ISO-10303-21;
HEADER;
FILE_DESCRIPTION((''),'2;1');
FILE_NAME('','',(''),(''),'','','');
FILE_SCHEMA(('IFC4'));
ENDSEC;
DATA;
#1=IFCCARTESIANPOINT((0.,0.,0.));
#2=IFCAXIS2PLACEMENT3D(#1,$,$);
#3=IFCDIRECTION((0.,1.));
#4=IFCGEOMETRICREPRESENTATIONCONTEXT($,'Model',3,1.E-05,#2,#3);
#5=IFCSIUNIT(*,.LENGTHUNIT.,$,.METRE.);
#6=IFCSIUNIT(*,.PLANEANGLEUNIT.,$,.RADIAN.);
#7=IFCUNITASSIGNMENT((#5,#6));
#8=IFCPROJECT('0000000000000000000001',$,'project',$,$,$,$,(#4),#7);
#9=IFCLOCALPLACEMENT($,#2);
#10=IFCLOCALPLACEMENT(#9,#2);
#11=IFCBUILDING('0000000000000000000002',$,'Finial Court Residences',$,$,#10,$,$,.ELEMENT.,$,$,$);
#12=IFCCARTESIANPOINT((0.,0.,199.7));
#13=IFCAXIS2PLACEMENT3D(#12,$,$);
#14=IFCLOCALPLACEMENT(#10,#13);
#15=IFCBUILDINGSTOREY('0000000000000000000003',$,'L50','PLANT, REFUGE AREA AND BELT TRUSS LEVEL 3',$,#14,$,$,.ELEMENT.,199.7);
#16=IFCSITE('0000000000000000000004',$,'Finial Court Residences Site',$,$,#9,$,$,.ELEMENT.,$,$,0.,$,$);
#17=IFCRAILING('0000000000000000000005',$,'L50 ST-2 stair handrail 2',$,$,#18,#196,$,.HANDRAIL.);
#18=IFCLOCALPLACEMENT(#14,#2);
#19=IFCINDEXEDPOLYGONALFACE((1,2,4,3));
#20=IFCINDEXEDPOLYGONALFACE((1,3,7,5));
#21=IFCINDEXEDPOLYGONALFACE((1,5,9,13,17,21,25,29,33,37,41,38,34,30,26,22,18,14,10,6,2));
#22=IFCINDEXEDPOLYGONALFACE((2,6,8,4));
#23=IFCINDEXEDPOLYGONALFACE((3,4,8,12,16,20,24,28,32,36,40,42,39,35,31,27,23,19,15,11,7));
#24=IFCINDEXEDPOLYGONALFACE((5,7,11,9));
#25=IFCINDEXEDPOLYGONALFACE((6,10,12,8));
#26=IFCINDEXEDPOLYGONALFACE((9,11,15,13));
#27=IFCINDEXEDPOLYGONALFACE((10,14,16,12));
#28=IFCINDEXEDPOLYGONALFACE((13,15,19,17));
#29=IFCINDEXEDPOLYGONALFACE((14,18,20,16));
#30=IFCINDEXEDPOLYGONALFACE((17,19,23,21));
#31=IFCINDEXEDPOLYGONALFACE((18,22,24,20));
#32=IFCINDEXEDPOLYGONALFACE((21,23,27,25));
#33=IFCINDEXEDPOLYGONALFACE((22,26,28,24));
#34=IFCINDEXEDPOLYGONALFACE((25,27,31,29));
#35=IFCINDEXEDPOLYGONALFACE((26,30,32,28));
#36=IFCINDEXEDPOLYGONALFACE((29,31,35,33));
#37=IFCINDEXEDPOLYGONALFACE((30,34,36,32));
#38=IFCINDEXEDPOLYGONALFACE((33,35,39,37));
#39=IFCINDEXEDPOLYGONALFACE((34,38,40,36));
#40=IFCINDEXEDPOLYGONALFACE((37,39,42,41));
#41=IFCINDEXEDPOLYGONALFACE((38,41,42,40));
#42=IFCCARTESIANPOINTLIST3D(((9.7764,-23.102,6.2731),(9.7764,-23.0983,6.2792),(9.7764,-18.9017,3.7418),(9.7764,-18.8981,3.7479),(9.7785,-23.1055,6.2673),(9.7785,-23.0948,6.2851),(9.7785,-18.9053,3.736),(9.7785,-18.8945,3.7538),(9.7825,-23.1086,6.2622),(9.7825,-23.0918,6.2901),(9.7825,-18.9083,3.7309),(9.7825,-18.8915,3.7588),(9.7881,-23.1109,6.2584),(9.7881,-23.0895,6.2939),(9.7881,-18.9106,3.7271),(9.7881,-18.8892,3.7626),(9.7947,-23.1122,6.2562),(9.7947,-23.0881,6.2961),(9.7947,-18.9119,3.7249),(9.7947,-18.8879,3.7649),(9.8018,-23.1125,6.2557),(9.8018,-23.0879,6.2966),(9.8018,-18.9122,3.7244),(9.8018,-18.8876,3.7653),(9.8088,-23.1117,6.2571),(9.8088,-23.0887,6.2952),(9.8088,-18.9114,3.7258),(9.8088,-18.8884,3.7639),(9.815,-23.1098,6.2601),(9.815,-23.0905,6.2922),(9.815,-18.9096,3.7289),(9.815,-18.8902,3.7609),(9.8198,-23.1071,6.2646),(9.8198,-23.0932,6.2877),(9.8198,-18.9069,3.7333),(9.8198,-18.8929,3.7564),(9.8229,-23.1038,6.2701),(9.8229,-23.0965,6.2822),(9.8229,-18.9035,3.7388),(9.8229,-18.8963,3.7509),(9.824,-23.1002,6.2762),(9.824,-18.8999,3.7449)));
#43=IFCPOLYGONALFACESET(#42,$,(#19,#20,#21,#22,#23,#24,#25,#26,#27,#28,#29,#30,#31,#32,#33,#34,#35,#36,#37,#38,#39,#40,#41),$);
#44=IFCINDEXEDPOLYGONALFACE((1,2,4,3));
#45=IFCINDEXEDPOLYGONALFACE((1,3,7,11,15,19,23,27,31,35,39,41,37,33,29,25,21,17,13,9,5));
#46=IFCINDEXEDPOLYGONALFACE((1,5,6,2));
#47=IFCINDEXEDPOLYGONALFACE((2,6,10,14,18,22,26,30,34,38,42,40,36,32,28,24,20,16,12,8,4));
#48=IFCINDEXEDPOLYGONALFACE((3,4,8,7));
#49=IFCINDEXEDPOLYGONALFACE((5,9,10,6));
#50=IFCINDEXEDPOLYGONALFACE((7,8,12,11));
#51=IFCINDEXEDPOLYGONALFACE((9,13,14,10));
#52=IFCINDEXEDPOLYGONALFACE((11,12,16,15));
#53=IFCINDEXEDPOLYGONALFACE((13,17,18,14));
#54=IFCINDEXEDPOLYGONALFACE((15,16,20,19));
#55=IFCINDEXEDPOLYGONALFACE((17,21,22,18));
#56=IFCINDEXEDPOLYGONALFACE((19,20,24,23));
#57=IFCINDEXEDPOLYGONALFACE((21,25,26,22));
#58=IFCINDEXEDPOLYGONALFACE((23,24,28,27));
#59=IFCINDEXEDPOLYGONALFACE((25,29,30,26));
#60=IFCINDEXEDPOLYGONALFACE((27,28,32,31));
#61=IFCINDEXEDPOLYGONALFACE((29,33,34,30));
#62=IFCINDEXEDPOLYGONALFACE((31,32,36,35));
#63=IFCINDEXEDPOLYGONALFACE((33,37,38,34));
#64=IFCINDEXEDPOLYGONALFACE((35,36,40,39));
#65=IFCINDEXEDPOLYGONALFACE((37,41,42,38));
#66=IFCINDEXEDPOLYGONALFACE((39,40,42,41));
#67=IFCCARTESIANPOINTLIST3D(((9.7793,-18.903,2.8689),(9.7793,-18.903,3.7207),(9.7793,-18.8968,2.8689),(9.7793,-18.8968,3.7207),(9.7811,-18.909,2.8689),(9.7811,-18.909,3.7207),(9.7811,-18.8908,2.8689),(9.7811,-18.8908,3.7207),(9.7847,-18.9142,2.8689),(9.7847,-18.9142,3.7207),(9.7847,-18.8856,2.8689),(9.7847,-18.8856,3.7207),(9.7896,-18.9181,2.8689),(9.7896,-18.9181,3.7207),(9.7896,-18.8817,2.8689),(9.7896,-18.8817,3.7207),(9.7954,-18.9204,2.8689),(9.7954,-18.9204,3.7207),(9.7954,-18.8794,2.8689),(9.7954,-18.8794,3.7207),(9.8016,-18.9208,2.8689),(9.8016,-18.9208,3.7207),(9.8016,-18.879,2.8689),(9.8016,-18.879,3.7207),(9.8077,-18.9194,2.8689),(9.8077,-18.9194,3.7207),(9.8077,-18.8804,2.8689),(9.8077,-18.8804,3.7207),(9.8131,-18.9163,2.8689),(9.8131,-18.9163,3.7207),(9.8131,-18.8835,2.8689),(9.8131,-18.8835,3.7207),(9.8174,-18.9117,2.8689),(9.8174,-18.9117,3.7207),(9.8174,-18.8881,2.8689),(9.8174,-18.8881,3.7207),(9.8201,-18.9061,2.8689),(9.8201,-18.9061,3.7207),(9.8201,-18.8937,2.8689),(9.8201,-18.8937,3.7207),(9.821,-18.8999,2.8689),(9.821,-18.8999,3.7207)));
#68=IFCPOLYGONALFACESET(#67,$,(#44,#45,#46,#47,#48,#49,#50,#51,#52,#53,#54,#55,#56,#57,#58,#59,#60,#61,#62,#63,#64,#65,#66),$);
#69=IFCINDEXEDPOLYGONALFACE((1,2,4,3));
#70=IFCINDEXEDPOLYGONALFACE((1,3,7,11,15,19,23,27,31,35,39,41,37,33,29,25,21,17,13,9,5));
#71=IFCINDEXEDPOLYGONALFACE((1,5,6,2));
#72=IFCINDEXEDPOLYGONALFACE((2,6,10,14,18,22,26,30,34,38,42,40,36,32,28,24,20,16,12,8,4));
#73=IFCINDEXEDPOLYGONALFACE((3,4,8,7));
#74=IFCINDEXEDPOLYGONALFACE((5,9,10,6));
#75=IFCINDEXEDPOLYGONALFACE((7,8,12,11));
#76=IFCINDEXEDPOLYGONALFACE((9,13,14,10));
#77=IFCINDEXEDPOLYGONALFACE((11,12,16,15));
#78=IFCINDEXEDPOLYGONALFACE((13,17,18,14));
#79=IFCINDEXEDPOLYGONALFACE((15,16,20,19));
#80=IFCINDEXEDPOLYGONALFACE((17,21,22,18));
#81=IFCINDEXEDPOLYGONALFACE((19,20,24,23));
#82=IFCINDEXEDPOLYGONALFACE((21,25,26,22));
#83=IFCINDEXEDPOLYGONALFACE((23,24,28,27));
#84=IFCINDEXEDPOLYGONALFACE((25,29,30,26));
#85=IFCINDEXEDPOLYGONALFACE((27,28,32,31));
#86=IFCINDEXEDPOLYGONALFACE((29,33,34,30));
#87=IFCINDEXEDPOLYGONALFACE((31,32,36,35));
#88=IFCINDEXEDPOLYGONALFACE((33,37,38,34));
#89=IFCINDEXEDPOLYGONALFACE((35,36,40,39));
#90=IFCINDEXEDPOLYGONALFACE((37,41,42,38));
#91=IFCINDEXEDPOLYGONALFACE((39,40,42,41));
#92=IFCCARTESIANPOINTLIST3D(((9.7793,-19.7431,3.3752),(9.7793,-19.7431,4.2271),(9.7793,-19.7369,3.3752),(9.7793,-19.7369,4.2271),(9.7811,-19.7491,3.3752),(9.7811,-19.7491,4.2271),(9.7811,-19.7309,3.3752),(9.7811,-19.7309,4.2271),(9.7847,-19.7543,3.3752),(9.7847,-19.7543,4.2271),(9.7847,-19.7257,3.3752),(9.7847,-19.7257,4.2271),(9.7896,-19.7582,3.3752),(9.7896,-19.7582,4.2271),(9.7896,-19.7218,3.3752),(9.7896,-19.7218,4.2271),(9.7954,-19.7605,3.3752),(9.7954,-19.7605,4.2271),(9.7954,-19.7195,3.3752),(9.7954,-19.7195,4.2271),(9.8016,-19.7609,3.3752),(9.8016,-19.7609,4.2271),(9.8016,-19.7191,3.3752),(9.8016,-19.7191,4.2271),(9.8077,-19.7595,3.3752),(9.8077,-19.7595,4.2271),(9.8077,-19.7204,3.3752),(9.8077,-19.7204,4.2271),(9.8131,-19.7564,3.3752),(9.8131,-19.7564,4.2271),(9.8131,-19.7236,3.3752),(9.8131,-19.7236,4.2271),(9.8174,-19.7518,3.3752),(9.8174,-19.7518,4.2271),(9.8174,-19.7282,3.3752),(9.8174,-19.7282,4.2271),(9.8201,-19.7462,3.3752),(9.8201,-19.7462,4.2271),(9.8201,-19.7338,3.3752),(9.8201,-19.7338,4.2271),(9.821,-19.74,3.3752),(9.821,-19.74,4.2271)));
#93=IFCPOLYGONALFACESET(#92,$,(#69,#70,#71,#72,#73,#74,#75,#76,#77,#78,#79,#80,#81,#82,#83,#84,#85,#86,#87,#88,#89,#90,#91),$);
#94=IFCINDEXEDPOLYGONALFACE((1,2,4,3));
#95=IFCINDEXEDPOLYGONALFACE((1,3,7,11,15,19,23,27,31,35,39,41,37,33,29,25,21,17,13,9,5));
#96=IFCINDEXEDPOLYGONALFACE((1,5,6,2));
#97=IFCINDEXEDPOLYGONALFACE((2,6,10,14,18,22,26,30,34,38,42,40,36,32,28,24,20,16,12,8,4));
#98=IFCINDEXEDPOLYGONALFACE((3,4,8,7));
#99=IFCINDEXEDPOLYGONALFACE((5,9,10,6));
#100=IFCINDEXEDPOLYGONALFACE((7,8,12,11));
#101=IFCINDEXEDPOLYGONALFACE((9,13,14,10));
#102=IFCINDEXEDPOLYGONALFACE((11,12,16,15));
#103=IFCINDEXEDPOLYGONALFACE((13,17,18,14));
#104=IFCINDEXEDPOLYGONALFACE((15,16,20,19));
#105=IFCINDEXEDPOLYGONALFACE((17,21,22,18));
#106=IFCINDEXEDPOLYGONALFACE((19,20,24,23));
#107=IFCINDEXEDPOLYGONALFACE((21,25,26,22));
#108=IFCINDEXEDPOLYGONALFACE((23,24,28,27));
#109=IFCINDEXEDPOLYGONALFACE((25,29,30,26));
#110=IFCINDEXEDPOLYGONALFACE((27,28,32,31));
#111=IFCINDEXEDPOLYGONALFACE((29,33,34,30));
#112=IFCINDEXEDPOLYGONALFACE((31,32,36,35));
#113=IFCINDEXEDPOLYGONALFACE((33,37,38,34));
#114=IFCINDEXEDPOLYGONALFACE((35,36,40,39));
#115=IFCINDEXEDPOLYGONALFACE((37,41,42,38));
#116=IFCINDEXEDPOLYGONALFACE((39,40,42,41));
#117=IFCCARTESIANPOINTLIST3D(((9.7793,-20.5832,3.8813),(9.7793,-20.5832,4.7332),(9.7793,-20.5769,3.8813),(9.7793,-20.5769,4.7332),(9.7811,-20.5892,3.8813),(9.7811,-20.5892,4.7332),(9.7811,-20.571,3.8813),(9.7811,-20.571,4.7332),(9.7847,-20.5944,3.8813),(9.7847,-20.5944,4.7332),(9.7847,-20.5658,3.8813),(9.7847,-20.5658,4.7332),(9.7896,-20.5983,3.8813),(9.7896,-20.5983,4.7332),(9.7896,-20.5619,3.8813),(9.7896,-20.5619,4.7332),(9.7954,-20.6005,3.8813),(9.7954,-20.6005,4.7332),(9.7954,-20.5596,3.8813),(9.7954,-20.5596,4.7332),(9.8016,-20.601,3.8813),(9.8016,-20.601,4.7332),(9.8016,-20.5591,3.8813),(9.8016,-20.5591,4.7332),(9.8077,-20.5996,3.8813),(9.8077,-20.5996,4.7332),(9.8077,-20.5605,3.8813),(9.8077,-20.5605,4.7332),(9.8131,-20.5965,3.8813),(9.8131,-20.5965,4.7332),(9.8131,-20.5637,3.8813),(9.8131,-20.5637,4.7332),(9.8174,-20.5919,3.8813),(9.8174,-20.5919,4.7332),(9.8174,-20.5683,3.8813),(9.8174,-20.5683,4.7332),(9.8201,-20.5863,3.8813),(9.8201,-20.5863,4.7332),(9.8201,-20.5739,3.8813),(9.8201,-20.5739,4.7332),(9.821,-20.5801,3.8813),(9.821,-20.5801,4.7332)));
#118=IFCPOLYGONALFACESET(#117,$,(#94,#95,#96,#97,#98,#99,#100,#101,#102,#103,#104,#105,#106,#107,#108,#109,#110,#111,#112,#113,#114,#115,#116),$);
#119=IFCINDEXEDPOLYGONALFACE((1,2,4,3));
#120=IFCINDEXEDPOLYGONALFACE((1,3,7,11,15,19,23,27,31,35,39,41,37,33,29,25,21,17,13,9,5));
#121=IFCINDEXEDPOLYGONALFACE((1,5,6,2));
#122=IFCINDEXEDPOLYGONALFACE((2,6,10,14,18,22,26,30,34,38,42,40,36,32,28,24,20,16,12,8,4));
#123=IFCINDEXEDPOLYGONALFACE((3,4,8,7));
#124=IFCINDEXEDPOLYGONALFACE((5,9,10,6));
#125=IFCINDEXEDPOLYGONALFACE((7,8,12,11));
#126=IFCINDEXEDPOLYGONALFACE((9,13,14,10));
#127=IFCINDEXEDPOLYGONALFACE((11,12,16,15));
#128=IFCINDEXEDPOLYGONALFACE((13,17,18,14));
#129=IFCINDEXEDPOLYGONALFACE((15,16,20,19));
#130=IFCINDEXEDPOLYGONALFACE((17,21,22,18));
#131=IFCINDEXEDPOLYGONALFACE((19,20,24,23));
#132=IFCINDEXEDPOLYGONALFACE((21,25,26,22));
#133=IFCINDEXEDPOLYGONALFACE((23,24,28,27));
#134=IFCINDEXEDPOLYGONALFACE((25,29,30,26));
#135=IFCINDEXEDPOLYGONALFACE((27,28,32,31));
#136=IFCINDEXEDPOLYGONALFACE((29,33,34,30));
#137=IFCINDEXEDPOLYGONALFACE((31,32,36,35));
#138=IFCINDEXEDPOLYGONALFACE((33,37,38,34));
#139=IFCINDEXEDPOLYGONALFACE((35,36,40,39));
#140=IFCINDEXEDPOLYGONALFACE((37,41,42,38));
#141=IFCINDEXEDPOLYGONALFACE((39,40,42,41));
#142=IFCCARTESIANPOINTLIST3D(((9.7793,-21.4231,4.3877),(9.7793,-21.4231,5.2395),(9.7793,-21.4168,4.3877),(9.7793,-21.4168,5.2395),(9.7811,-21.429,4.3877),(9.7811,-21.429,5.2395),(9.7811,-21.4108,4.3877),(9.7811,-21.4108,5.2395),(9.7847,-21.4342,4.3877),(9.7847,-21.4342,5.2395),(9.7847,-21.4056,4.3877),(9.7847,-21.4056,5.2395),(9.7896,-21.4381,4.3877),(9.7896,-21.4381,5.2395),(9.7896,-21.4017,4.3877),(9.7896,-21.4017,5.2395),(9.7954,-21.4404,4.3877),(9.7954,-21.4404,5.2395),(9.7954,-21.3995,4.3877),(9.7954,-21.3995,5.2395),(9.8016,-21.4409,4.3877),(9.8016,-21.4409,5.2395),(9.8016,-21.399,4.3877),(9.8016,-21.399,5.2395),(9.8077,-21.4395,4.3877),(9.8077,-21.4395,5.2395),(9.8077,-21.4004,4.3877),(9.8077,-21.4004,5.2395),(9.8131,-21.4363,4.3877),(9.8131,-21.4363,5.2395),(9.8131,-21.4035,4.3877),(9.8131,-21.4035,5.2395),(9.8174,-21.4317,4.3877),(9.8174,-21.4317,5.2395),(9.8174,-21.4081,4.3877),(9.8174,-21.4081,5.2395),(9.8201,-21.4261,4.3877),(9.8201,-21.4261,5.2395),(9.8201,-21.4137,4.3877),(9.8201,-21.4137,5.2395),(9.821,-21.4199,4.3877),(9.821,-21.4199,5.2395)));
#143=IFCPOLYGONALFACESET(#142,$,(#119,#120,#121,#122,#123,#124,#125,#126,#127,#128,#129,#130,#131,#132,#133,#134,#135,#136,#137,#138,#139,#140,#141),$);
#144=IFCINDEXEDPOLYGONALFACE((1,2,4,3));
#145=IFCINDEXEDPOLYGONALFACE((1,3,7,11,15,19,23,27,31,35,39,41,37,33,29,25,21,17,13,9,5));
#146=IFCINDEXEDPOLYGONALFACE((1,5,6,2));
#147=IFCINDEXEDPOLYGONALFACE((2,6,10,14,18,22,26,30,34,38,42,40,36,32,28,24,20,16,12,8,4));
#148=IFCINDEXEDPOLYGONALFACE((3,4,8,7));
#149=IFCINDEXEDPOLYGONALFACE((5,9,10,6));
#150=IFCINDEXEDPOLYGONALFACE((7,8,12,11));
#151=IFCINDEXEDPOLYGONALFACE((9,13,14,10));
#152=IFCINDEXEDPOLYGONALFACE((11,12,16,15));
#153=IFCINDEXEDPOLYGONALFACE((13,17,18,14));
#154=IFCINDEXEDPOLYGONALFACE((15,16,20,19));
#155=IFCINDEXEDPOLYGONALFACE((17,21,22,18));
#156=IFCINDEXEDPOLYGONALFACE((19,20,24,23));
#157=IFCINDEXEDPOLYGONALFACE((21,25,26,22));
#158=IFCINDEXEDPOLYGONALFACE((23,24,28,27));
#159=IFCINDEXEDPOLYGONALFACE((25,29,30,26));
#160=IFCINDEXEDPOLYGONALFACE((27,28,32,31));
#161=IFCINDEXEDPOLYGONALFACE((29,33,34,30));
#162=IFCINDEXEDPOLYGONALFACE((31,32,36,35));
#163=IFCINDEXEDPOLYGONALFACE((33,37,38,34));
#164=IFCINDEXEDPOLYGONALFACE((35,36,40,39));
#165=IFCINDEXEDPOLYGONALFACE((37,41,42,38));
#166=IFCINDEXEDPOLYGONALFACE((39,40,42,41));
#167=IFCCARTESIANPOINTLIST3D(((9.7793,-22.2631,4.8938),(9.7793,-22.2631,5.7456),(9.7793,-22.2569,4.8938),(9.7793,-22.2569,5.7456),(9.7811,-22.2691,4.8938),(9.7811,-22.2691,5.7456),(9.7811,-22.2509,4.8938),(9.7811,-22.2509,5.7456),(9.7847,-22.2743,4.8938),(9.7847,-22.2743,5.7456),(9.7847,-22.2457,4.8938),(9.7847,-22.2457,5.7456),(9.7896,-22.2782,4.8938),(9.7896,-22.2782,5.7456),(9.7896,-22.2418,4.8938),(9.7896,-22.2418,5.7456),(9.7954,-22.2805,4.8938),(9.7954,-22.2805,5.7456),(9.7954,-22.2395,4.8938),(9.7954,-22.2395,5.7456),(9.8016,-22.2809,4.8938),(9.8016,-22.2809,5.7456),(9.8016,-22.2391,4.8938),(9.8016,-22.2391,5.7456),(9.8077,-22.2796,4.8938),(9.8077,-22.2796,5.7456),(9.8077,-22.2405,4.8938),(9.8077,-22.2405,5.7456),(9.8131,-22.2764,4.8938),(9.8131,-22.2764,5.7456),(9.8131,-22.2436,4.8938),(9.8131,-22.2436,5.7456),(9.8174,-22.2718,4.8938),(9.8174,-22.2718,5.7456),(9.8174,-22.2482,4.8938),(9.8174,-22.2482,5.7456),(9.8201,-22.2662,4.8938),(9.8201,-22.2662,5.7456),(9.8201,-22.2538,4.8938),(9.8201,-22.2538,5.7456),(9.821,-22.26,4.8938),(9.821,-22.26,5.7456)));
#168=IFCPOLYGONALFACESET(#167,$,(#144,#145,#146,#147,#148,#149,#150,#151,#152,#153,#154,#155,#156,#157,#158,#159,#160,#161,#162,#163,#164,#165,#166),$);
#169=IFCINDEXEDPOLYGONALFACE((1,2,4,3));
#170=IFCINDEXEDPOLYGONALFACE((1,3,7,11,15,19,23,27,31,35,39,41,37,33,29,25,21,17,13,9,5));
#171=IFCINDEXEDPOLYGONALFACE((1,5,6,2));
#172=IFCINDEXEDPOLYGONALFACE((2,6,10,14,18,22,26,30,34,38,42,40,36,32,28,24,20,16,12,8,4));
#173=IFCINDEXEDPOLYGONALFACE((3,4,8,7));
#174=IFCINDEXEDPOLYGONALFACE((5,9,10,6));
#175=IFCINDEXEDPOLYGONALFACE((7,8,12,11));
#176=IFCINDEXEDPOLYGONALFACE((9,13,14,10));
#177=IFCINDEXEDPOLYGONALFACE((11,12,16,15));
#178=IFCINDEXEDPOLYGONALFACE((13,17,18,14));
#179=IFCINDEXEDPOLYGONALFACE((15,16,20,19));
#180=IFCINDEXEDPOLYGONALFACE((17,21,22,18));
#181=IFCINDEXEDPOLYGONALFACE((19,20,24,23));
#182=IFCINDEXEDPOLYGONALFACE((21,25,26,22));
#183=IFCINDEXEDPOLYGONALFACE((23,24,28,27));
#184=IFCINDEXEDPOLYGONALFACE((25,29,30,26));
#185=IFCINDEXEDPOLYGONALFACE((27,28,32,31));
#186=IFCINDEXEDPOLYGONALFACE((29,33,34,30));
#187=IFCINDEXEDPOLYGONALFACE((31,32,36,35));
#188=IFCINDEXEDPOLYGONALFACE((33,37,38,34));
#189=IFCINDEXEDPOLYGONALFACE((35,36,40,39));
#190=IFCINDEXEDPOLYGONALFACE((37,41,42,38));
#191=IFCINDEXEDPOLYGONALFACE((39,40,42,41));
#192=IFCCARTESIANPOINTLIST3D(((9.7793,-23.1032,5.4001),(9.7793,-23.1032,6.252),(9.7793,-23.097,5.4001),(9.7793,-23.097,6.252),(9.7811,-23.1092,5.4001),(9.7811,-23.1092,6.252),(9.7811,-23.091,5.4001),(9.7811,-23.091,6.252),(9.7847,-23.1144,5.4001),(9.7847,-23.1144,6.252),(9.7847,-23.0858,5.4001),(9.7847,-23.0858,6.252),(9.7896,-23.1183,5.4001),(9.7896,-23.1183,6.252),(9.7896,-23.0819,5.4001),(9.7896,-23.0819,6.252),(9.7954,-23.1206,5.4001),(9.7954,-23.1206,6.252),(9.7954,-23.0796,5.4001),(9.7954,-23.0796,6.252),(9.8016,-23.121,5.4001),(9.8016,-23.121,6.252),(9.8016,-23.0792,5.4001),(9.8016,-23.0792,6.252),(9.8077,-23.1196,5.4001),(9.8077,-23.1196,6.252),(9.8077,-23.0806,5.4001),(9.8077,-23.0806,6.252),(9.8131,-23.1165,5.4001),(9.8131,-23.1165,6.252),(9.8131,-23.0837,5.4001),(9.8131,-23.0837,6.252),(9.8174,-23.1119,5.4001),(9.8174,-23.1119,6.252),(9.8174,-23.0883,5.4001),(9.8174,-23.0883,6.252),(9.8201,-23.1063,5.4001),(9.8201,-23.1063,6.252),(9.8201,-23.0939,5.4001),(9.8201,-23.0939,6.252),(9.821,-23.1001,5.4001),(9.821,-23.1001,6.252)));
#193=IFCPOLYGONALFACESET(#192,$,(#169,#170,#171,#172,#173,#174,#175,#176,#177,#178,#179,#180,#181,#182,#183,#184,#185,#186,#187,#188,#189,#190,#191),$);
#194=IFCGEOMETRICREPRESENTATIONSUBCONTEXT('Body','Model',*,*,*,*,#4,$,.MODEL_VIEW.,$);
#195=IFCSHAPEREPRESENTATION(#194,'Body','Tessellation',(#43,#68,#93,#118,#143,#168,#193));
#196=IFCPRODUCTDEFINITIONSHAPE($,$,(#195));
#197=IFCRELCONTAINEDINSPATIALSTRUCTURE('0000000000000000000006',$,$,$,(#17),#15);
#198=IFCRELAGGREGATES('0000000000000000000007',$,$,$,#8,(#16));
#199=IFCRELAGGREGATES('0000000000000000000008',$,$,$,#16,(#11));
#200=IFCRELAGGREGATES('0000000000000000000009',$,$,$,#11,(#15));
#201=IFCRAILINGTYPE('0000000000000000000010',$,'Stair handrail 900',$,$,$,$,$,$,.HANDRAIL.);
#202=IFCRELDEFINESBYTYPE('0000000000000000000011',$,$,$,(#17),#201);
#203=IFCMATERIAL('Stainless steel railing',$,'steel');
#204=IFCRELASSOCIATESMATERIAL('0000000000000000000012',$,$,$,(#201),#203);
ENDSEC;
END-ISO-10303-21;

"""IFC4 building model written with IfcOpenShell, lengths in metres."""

from ifc_helpers import new_model, si_unit, direction, frame, origin, origin_2d, place, context, subcontext, project, spatial, circle, extrude, material, type_object, element, save


model = new_model("IFC4")

# Units and contexts
model_context = context("Model", 3, precision=1e-05, world=origin(), true_north=direction((0.0, 1.0)))
body_context = subcontext(model_context, "Body", "Model", "MODEL_VIEW")
ifc_project = project(units=[si_unit("LENGTHUNIT", "METRE"), si_unit("PLANEANGLEUNIT", "RADIAN")], contexts=[model_context])

# Site, building, storey
site_placement = place(None, origin())
site = spatial("IfcSite", under=ifc_project, at=site_placement, Name="Finial Court Residences Site", CompositionType="ELEMENT", RefElevation=0.0)
building_placement = place(site_placement, origin())
building = spatial("IfcBuilding", under=site, at=building_placement, Name="Finial Court Residences", CompositionType="ELEMENT")
storey_placement = place(building_placement, frame((0.0, 0.0, 199.7)))
storey = spatial("IfcBuildingStorey", under=building, at=storey_placement, Name="L50", Description="PLANT, REFUGE AREA AND BELT TRUSS LEVEL 3", CompositionType="ELEMENT", Elevation=199.7)

# Railing
ifc_material_1 = material(Name="Stainless steel railing", Category="steel")
railing_type_1 = type_object("IfcRailingType", Name="Stair handrail 900", PredefinedType="HANDRAIL", material=ifc_material_1)
railing_1_placement = place(storey_placement, frame((9.8, -18.8999, 2.8689)))
element("IfcRailing", 1, at=railing_1_placement, inside=storey, type_object=railing_type_1, Name="L50 ST-2 stair handrail 2", PredefinedType="HANDRAIL", context=body_context, shape_type="SweptSolid", body=[
    extrude(circle(Radius=0.0239, at=origin_2d()), frame((0.0, 0.0, 0.876), z_axis=(0.0, -0.85649, 0.516164), x_axis=(1.0, 0.0, 0.0)), (0.0, 0.0, 1.0), 4.9041),
    extrude(circle(Radius=0.021, at=origin_2d()), origin(), (0.0, 0.0, 1.0), 0.8518),
    extrude(circle(Radius=0.021, at=origin_2d()), frame((0.0, -0.8401, 0.5063)), (0.0, 0.0, 1.0), 0.8518),
    extrude(circle(Radius=0.021, at=origin_2d()), frame((0.0, -1.6802, 1.0125)), (0.0, 0.0, 1.0), 0.8518),
    extrude(circle(Radius=0.021, at=origin_2d()), frame((0.0, -2.52, 1.5188)), (0.0, 0.0, 1.0), 0.8518),
    extrude(circle(Radius=0.021, at=origin_2d()), frame((0.0, -3.3601, 2.0249)), (0.0, 0.0, 1.0), 0.8518),
    extrude(circle(Radius=0.021, at=origin_2d()), frame((0.0, -4.2002, 2.5312)), (0.0, 0.0, 1.0), 0.8518),
])

save(model, "model.ifc")
